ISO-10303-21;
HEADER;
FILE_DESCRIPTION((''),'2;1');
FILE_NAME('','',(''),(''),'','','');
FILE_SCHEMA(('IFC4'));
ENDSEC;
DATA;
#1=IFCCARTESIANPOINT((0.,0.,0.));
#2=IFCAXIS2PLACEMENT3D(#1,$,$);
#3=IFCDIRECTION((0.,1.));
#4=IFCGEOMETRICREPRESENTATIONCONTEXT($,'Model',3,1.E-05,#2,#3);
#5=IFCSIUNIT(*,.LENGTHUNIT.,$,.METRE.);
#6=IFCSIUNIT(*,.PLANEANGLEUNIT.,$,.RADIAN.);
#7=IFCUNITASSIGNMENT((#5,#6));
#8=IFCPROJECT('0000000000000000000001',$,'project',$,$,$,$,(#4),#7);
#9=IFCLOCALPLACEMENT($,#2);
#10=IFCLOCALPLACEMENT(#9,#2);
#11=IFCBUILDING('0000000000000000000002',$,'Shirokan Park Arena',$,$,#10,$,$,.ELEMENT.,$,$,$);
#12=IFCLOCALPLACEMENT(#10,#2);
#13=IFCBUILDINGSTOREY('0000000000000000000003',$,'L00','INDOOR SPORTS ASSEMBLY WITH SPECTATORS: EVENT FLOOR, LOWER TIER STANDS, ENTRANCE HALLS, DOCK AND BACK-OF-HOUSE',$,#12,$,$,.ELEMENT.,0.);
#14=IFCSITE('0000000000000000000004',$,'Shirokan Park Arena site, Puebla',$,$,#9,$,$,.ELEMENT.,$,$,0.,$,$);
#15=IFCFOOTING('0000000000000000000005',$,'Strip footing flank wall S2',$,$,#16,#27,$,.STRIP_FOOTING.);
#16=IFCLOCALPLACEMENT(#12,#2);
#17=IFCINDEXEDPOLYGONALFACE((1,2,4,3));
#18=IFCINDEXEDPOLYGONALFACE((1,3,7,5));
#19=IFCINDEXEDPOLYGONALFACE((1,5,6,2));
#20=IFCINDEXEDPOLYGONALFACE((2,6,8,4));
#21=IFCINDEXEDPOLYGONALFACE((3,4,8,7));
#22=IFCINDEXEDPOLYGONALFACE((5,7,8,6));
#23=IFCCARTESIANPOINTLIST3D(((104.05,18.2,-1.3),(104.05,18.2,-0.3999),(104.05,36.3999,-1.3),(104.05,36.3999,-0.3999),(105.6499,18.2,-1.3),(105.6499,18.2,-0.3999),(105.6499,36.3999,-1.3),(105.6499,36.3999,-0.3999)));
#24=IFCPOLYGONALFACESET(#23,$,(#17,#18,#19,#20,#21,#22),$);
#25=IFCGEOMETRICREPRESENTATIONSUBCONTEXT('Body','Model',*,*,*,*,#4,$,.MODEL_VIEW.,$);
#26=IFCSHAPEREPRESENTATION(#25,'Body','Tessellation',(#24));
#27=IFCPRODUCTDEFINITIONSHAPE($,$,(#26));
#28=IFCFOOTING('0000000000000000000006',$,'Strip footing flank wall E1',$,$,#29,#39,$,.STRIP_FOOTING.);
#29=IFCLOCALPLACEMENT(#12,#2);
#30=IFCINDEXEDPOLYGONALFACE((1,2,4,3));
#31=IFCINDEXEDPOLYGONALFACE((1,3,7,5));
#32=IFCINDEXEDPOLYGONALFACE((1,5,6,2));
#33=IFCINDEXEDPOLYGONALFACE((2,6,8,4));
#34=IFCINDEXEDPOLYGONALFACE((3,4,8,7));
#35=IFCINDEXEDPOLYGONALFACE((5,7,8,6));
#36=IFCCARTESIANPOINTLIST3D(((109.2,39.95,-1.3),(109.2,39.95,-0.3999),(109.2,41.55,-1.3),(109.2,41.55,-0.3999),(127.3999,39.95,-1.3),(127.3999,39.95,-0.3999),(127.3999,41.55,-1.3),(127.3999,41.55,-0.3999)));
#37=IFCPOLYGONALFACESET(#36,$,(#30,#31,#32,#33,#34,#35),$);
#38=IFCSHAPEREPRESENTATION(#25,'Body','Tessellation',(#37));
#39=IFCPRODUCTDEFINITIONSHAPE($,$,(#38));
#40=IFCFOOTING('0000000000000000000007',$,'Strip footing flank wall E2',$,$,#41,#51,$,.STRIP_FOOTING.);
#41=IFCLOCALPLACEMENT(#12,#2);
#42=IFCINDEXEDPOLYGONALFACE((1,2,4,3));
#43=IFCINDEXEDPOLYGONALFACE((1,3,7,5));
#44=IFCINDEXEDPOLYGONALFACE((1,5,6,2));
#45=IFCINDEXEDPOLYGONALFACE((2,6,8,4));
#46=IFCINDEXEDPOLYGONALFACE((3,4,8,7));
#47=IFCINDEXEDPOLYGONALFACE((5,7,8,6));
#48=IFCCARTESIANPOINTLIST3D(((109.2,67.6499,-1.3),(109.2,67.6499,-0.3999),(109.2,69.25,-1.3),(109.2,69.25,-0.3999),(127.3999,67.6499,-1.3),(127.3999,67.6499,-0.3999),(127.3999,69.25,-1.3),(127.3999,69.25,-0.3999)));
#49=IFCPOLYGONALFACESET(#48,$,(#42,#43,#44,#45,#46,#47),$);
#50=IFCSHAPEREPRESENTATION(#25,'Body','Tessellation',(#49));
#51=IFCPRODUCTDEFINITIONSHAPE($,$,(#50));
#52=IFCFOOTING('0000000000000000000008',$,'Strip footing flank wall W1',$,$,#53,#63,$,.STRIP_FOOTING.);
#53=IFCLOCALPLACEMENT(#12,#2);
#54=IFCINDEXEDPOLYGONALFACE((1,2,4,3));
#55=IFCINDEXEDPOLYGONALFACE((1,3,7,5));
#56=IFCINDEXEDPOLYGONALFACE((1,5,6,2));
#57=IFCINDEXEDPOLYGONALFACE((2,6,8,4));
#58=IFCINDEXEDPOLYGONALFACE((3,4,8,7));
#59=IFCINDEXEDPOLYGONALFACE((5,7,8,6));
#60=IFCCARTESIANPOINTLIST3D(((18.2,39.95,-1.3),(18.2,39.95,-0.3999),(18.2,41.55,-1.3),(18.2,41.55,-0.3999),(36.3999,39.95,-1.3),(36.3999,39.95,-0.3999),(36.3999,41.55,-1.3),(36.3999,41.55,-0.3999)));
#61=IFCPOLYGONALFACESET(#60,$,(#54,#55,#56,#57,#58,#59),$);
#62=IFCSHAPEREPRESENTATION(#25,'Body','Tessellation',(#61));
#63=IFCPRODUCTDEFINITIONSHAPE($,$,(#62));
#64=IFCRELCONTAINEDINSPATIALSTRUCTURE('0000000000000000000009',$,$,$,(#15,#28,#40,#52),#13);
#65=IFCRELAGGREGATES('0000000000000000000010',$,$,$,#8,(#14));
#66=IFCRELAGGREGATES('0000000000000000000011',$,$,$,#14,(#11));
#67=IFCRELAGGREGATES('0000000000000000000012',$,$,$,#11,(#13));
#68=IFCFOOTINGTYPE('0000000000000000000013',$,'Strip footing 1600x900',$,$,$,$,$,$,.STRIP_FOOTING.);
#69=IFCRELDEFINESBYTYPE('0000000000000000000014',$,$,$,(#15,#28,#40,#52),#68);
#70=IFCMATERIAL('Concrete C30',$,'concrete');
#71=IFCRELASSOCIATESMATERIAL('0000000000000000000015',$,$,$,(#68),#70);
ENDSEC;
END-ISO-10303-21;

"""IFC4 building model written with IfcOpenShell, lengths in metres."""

from ifc_helpers import new_model, si_unit, direction, frame, origin, place, context, subcontext, project, spatial, polyline, outline, extrude, material, type_object, element, save


model = new_model("IFC4")

# Units and contexts
model_context = context("Model", 3, precision=1e-05, world=origin(), true_north=direction((0.0, 1.0)))
body_context = subcontext(model_context, "Body", "Model", "MODEL_VIEW")
ifc_project = project(units=[si_unit("LENGTHUNIT", "METRE"), si_unit("PLANEANGLEUNIT", "RADIAN")], contexts=[model_context])

# Site, building, storey
site_placement = place(None, origin())
site = spatial("IfcSite", under=ifc_project, at=site_placement, Name="Shirokan Park Arena site, Puebla", CompositionType="ELEMENT", RefElevation=0.0)
building_placement = place(site_placement, origin())
building = spatial("IfcBuilding", under=site, at=building_placement, Name="Shirokan Park Arena", CompositionType="ELEMENT")
storey_placement = place(building_placement, origin())
storey = spatial("IfcBuildingStorey", under=building, at=storey_placement, Name="L00", Description="INDOOR SPORTS ASSEMBLY WITH SPECTATORS: EVENT FLOOR, LOWER TIER STANDS, ENTRANCE HALLS, DOCK AND BACK-OF-HOUSE", CompositionType="ELEMENT", Elevation=0.0)

# Footings
ifc_material = material(Name="Concrete C30", Category="concrete")
footing_type_1 = type_object("IfcFootingType", Name="Strip footing 1600x900", PredefinedType="STRIP_FOOTING", material=ifc_material)
footing_1_placement = place(storey_placement, frame((0.0, 0.0, -1.3)))
element("IfcFooting", 1, at=footing_1_placement, inside=storey, type_object=footing_type_1, Name="Strip footing flank wall S2", PredefinedType="STRIP_FOOTING", context=body_context, shape_type="SweptSolid", body=[
    extrude(outline(polyline([(105.6499, 18.2), (104.05, 18.2), (104.05, 36.3999), (105.6499, 36.3999), (105.6499, 18.2)])), origin(), (0.0, 0.0, 1.0), 0.9001),
])
footing_2_placement = place(storey_placement, frame((0.0, 0.0, -1.3)))
element("IfcFooting", 2, at=footing_2_placement, inside=storey, type_object=footing_type_1, Name="Strip footing flank wall E1", PredefinedType="STRIP_FOOTING", context=body_context, shape_type="SweptSolid", body=[
    extrude(outline(polyline([(127.3999, 39.95), (109.2, 39.95), (109.2, 41.55), (127.3999, 41.55), (127.3999, 39.95)])), origin(), (0.0, 0.0, 1.0), 0.9001),
])
footing_3_placement = place(storey_placement, frame((0.0, 0.0, -1.3)))
element("IfcFooting", 3, at=footing_3_placement, inside=storey, type_object=footing_type_1, Name="Strip footing flank wall E2", PredefinedType="STRIP_FOOTING", context=body_context, shape_type="SweptSolid", body=[
    extrude(outline(polyline([(109.2, 67.6499), (109.2, 69.25), (127.3999, 69.25), (127.3999, 67.6499), (109.2, 67.6499)])), origin(), (0.0, 0.0, 1.0), 0.9001),
])
footing_4_placement = place(storey_placement, frame((0.0, 0.0, -1.3)))
element("IfcFooting", 4, at=footing_4_placement, inside=storey, type_object=footing_type_1, Name="Strip footing flank wall W1", PredefinedType="STRIP_FOOTING", context=body_context, shape_type="SweptSolid", body=[
    extrude(outline(polyline([(36.3999, 39.95), (18.2, 39.95), (18.2, 41.55), (36.3999, 41.55), (36.3999, 39.95)])), origin(), (0.0, 0.0, 1.0), 0.9001),
])

save(model, "model.ifc")
